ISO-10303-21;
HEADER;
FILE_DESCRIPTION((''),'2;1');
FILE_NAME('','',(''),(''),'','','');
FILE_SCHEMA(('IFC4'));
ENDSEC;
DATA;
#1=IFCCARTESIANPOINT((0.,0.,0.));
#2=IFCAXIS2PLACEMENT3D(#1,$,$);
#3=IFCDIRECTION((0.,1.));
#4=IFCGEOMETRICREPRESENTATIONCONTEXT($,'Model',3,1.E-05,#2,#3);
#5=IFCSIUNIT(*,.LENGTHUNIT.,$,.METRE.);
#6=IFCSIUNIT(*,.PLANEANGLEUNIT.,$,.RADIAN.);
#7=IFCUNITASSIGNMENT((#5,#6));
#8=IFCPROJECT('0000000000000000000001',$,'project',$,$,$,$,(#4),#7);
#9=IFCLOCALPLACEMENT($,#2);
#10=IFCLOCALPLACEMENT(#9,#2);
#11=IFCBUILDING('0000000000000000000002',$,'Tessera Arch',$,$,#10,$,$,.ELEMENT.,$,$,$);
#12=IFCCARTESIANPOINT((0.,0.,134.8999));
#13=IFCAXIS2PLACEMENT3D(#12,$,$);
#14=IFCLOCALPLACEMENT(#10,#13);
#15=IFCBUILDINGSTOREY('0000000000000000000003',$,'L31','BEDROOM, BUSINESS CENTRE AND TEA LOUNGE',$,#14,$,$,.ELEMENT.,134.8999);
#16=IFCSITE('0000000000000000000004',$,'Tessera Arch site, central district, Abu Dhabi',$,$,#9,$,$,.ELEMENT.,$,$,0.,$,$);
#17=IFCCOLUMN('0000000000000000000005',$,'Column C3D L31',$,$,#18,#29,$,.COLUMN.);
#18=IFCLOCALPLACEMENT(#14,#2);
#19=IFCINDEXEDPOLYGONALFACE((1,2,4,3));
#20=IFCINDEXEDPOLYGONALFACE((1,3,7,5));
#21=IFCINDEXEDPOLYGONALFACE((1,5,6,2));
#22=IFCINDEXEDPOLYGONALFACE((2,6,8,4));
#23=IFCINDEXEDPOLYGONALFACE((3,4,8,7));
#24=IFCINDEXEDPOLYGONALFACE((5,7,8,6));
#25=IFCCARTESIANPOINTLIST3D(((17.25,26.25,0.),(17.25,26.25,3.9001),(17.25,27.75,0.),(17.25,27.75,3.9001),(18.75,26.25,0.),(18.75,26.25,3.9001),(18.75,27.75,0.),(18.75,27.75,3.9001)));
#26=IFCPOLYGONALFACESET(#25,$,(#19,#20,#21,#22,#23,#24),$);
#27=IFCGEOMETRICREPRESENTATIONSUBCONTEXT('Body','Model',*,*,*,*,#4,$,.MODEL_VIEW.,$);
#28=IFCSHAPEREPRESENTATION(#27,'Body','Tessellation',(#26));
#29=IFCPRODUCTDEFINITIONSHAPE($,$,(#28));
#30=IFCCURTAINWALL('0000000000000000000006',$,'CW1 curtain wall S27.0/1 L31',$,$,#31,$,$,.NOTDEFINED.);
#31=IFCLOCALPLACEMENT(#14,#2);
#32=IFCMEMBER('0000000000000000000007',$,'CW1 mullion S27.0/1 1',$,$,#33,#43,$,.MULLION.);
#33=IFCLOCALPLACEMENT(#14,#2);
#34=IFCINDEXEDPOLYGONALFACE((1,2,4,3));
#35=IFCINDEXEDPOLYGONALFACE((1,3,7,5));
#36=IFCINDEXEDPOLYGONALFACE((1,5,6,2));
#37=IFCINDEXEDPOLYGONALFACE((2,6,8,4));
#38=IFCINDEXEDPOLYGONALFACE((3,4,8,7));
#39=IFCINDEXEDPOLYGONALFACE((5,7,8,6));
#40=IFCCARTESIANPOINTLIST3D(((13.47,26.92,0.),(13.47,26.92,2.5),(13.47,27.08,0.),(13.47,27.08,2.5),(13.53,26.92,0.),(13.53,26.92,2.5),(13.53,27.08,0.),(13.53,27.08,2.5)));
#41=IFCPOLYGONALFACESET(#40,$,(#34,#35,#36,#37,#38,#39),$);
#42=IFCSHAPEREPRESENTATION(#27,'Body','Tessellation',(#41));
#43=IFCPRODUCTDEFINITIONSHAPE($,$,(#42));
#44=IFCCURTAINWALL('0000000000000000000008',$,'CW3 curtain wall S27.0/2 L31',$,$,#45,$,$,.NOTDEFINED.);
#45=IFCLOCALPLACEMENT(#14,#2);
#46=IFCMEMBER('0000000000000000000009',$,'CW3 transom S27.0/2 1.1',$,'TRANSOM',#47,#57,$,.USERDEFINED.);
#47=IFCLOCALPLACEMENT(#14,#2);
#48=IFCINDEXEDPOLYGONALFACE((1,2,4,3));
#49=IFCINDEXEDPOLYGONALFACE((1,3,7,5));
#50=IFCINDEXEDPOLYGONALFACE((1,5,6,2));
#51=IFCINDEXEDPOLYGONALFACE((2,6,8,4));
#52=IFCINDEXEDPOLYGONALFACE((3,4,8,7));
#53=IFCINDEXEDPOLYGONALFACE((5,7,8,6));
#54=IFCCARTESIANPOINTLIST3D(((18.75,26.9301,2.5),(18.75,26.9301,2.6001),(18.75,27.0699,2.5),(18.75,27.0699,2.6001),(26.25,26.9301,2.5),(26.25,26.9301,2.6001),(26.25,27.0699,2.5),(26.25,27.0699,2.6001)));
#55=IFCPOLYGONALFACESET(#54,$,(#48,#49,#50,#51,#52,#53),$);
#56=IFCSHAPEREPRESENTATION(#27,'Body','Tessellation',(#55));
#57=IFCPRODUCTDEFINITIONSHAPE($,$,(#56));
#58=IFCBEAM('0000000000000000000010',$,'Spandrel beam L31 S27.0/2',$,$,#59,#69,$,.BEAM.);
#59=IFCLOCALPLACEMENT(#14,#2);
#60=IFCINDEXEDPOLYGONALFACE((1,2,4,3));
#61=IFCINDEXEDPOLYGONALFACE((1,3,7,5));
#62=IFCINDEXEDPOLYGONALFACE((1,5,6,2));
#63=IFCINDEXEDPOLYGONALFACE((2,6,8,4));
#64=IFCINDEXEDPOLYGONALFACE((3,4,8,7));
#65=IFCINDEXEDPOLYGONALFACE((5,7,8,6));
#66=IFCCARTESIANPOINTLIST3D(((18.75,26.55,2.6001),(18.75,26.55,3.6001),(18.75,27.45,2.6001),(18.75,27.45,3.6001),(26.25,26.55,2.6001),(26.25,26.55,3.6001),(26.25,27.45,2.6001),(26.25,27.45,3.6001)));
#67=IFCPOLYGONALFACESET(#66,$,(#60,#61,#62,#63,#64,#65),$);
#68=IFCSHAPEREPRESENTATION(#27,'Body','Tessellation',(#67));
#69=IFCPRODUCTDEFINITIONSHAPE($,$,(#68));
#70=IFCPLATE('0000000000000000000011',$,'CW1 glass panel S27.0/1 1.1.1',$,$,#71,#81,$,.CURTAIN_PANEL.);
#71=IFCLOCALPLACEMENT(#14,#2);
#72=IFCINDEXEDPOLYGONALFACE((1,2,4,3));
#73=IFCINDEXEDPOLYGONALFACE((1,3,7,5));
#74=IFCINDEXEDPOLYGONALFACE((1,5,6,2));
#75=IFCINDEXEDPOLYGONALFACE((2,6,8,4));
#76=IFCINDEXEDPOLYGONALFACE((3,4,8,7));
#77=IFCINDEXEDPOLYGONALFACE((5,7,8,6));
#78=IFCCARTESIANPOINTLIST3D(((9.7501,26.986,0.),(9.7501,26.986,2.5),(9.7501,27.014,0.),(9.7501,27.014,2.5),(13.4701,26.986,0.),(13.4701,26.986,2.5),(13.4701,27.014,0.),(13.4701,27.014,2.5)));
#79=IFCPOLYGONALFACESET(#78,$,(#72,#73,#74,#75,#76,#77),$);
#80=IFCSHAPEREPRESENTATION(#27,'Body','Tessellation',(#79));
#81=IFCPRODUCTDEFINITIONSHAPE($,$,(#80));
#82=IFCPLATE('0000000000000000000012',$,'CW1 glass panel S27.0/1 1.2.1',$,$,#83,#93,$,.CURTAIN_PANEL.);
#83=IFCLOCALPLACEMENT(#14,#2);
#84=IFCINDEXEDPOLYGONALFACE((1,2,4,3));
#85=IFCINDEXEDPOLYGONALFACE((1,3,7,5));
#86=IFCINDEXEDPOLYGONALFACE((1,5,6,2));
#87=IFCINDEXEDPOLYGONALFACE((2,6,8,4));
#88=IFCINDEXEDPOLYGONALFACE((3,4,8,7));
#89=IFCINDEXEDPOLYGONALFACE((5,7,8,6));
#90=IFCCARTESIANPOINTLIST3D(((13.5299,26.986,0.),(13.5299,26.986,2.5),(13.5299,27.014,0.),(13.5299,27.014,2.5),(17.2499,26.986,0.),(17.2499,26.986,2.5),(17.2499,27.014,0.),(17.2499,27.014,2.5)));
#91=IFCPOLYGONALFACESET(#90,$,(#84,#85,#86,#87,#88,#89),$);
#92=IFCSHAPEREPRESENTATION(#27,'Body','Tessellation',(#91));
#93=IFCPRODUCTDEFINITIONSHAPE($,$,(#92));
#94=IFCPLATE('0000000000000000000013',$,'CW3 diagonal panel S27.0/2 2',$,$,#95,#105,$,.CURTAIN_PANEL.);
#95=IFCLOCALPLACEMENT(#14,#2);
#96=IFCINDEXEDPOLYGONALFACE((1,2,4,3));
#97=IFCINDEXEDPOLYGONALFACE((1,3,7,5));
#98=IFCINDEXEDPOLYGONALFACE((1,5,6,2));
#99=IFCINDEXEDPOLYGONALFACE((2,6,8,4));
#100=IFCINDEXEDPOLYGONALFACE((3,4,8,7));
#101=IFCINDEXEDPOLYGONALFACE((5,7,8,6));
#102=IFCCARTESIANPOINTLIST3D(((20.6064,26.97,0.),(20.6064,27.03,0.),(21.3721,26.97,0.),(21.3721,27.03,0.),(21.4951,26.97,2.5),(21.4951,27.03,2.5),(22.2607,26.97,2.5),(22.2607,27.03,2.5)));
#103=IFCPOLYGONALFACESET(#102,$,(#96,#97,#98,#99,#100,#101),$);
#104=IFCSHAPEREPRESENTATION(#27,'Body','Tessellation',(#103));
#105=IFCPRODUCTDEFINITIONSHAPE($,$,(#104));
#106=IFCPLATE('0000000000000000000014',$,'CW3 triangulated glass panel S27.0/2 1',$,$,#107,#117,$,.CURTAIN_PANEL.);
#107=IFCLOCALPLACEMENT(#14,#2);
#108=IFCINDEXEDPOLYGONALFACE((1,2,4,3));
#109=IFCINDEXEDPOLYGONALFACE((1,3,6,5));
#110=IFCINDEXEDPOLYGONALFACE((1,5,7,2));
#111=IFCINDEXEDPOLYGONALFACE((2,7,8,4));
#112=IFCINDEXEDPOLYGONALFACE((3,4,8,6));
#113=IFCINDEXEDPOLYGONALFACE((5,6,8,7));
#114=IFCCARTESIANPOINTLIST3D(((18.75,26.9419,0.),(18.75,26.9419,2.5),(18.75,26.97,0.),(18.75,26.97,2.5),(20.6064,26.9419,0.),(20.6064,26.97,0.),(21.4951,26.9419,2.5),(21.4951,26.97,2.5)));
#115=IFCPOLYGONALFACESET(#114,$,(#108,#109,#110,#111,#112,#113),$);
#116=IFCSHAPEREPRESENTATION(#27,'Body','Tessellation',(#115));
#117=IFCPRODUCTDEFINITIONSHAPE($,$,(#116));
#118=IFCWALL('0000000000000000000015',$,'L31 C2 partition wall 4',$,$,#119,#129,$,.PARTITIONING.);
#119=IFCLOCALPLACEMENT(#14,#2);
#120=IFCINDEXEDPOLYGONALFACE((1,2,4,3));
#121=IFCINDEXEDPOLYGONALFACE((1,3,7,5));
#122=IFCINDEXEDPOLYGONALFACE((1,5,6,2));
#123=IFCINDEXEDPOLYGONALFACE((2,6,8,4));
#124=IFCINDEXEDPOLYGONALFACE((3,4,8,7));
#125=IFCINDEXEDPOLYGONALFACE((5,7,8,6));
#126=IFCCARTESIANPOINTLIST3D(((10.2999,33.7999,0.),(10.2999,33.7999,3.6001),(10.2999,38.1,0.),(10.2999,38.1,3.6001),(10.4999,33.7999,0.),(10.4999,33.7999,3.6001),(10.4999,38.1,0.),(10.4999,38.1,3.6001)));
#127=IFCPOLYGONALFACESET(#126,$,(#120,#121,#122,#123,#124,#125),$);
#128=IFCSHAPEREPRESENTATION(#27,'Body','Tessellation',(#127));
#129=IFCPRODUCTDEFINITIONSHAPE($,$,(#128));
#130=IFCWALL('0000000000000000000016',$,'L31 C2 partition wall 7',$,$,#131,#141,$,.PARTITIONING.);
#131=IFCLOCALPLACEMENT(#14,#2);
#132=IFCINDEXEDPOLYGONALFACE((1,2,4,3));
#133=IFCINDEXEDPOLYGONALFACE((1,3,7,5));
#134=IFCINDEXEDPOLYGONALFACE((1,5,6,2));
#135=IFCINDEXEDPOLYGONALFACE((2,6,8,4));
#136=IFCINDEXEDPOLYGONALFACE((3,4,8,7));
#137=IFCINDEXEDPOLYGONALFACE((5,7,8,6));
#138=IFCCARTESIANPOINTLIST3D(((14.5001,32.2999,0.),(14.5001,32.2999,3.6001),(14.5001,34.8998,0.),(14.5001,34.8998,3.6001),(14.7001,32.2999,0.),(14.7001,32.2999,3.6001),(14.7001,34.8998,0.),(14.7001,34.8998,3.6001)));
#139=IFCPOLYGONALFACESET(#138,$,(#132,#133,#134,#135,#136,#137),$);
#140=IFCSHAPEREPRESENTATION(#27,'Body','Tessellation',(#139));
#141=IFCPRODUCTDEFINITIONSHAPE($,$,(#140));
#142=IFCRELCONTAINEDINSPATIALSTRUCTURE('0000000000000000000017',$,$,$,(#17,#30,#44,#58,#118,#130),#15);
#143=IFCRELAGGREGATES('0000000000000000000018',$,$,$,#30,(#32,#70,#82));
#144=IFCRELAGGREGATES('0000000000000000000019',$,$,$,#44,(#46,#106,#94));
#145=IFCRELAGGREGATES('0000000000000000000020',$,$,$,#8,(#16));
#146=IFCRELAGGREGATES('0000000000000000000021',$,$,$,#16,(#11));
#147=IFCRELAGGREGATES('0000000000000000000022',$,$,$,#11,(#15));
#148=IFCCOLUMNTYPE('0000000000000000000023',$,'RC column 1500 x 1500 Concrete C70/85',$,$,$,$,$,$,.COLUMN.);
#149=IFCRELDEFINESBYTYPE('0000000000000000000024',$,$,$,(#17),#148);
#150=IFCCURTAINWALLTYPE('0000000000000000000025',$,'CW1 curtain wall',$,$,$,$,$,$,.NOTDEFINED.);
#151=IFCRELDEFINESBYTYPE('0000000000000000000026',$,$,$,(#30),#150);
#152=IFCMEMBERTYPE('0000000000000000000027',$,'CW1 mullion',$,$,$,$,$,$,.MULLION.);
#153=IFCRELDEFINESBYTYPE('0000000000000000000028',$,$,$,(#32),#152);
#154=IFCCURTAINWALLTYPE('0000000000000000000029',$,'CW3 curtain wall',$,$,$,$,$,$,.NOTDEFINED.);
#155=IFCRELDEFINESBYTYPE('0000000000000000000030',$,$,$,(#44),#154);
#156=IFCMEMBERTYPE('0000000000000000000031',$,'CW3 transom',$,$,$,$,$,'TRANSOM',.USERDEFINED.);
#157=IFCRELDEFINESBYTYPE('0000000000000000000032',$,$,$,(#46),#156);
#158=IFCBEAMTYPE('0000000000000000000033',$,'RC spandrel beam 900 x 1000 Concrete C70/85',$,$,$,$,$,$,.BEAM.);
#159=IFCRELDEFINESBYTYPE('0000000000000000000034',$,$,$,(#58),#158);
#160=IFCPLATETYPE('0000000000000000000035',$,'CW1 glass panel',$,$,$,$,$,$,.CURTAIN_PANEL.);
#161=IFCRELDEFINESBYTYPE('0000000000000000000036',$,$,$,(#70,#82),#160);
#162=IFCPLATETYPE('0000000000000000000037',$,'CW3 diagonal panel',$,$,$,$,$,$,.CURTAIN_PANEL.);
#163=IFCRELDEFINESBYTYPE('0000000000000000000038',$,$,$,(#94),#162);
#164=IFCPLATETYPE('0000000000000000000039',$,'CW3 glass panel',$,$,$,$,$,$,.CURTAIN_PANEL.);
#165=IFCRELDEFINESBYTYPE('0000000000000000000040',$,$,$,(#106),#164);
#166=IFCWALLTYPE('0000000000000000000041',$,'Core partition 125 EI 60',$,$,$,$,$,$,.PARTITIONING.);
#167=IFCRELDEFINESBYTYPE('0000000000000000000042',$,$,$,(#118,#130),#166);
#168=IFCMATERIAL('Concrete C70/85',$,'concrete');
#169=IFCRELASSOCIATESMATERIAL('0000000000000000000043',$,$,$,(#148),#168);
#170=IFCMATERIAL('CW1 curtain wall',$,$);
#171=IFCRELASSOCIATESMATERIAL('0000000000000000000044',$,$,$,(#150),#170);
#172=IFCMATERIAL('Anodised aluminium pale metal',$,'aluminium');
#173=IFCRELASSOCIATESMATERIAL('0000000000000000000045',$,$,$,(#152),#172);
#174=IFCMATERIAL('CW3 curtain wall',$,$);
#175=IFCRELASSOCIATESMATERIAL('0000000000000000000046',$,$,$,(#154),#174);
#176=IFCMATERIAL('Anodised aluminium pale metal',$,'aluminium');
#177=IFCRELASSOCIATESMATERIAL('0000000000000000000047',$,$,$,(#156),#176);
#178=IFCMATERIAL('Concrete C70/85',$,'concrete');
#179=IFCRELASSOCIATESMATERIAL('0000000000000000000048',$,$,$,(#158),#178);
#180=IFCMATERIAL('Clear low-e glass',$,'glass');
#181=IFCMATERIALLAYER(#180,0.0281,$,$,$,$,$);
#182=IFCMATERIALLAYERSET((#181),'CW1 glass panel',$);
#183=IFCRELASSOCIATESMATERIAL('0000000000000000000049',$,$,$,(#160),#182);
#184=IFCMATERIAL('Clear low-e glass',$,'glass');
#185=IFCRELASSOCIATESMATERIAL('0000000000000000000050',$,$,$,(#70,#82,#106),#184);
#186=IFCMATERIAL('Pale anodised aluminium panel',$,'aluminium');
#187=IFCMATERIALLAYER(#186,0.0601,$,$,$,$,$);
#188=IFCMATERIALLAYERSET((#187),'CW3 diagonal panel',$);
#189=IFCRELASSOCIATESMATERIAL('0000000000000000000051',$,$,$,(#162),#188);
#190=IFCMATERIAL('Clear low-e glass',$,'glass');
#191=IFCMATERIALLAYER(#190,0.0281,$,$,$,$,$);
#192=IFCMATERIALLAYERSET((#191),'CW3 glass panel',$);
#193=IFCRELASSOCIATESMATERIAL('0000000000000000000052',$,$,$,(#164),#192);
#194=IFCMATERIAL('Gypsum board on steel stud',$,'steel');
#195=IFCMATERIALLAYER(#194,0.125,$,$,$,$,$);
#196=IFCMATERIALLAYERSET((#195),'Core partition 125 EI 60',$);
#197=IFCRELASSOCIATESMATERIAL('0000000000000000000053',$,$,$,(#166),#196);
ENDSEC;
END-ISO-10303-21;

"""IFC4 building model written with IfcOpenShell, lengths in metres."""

from ifc_helpers import new_model, si_unit, direction, frame, frame_2d, origin, origin_2d, place, context, subcontext, project, spatial, polyline, rectangle, outline, extrude, material, layer, layer_set, material_profile, profile_set, type_object, element, aggregate, save


model = new_model("IFC4")

# Units and contexts
model_context = context("Model", 3, precision=1e-05, world=origin(), true_north=direction((0.0, 1.0)))
body_context = subcontext(model_context, "Body", "Model", "MODEL_VIEW")
ifc_project = project(units=[si_unit("LENGTHUNIT", "METRE"), si_unit("PLANEANGLEUNIT", "RADIAN")], contexts=[model_context])

# Site, building, storey
site_placement = place(None, origin())
site = spatial("IfcSite", under=ifc_project, at=site_placement, Name="Tessera Arch site, central district, Abu Dhabi", CompositionType="ELEMENT", RefElevation=0.0)
building_placement = place(site_placement, origin())
building = spatial("IfcBuilding", under=site, at=building_placement, Name="Tessera Arch", CompositionType="ELEMENT")
storey_placement = place(building_placement, frame((0.0, 0.0, 134.8999)))
storey = spatial("IfcBuildingStorey", under=building, at=storey_placement, Name="L31", Description="BEDROOM, BUSINESS CENTRE AND TEA LOUNGE", CompositionType="ELEMENT", Elevation=134.8999)

# Column
ifc_material_1 = material(Name="Concrete C70/85", Category="concrete")
ifc_material_profile_1 = material_profile(ifc_material_1, rectangle(XDim=1.5, YDim=1.5, at=origin_2d()), Name="RC column 1500 x 1500 Concrete C70/85")
ifc_profile_set_1 = profile_set([ifc_material_profile_1], Name="Concrete C70/85")
column_type = type_object("IfcColumnType", Name="RC column 1500 x 1500 Concrete C70/85", PredefinedType="COLUMN", material=ifc_profile_set_1)
column_placement = place(storey_placement, frame((18.0, 27.0, 0.0), z_axis=(0.0, 0.0, 1.0), x_axis=(1.0, 0.0, 0.0)))
element("IfcColumn", 1, at=column_placement, inside=storey, type_object=column_type, Name="Column C3D L31", PredefinedType="COLUMN", context=body_context, shape_type="SweptSolid", body=[
    extrude(rectangle(XDim=1.5, YDim=1.5, at=origin_2d()), origin(), (0.0, 0.0, 1.0), 3.9001),
])

# Curtain walls, members
ifc_material_2 = material(Name="CW1 curtain wall")
curtain_wall_type_1 = type_object("IfcCurtainWallType", Name="CW1 curtain wall", PredefinedType="NOTDEFINED", material=ifc_material_2)
curtain_wall_1_placement = place(storey_placement, origin())
curtain_wall_1 = element("IfcCurtainWall", 2, at=curtain_wall_1_placement, inside=storey, type_object=curtain_wall_type_1, Name="CW1 curtain wall S27.0/1 L31", PredefinedType="NOTDEFINED")
ifc_material_3 = material(Name="Anodised aluminium pale metal", Category="aluminium")
ifc_material_profile_2 = material_profile(ifc_material_3, rectangle(XDim=0.1599, YDim=0.0601, at=origin_2d()), Name="AL 60x160")
ifc_profile_set_2 = profile_set([ifc_material_profile_2], Name="Anodised aluminium pale metal")
member_type_1 = type_object("IfcMemberType", Name="CW1 mullion", PredefinedType="MULLION", material=ifc_profile_set_2)
member_1_placement = place(storey_placement, frame((13.5, 27.0, 0.0), z_axis=(0.0, 0.0, 1.0), x_axis=(0.0, 1.0, 0.0)))
member_1 = element("IfcMember", 3, at=member_1_placement, type_object=member_type_1, Name="CW1 mullion S27.0/1 1", PredefinedType="MULLION", context=body_context, shape_type="SweptSolid", body=[
    extrude(rectangle(XDim=0.1599, YDim=0.0601, at=origin_2d()), origin(), (0.0, 0.0, 1.0), 2.5),
])
ifc_material_4 = material(Name="CW3 curtain wall")
curtain_wall_type_2 = type_object("IfcCurtainWallType", Name="CW3 curtain wall", PredefinedType="NOTDEFINED", material=ifc_material_4)
curtain_wall_2_placement = place(storey_placement, origin())
curtain_wall_2 = element("IfcCurtainWall", 4, at=curtain_wall_2_placement, inside=storey, type_object=curtain_wall_type_2, Name="CW3 curtain wall S27.0/2 L31", PredefinedType="NOTDEFINED")
ifc_material_5 = material(Name="Anodised aluminium pale metal", Category="aluminium")
ifc_material_profile_3 = material_profile(ifc_material_5, rectangle(XDim=0.1399, YDim=0.1001, at=origin_2d()), Name="AL 140x100")
ifc_profile_set_3 = profile_set([ifc_material_profile_3], Name="Anodised aluminium pale metal")
member_type_2 = type_object("IfcMemberType", Name="CW3 transom", ElementType="TRANSOM", PredefinedType="USERDEFINED", material=ifc_profile_set_3)
member_2_placement = place(storey_placement, frame((18.75, 27.0, 2.55), z_axis=(1.0, 0.0, 0.0), x_axis=(0.0, 1.0, 0.0)))
member_2 = element("IfcMember", 5, at=member_2_placement, type_object=member_type_2, Name="CW3 transom S27.0/2 1.1", ObjectType="TRANSOM", PredefinedType="USERDEFINED", context=body_context, shape_type="SweptSolid", body=[
    extrude(rectangle(XDim=0.1399, YDim=0.1001, at=origin_2d()), origin(), (0.0, 0.0, 1.0), 7.5),
])

# Beam
ifc_material_6 = material(Name="Concrete C70/85", Category="concrete")
ifc_material_profile_4 = material_profile(ifc_material_6, rectangle(XDim=0.8999, YDim=1.0, at=origin_2d()), Name="RC spandrel beam 900 x 1000 Concrete C70/85")
ifc_profile_set_4 = profile_set([ifc_material_profile_4], Name="Concrete C70/85")
beam_type = type_object("IfcBeamType", Name="RC spandrel beam 900 x 1000 Concrete C70/85", PredefinedType="BEAM", material=ifc_profile_set_4)
beam_placement = place(storey_placement, frame((18.75, 27.0, 3.1001), z_axis=(1.0, 0.0, 0.0), x_axis=(0.0, 1.0, 0.0)))
element("IfcBeam", 6, at=beam_placement, inside=storey, type_object=beam_type, Name="Spandrel beam L31 S27.0/2", PredefinedType="BEAM", context=body_context, shape_type="SweptSolid", body=[
    extrude(rectangle(XDim=0.8999, YDim=1.0, at=origin_2d()), origin(), (0.0, 0.0, 1.0), 7.5),
])

# Plates
ifc_material_7 = material(Name="Clear low-e glass", Category="glass")
ifc_material_8 = material(Name="Clear low-e glass", Category="glass")
ifc_layer_1 = layer(ifc_material_8, 0.0281)
ifc_layer_set_1 = layer_set([ifc_layer_1], Name="CW1 glass panel")
plate_type_1 = type_object("IfcPlateType", Name="CW1 glass panel", PredefinedType="CURTAIN_PANEL", material=ifc_layer_set_1)
plate_1_placement = place(storey_placement, frame((11.6101, 27.0, 0.0), z_axis=(0.0, 0.0, 1.0), x_axis=(1.0, 0.0, 0.0)))
plate_1 = element("IfcPlate", 7, at=plate_1_placement, type_object=plate_type_1, material=ifc_material_7, Name="CW1 glass panel S27.0/1 1.1.1", PredefinedType="CURTAIN_PANEL", context=body_context, shape_type="SweptSolid", body=[
    extrude(rectangle(XDim=3.72, YDim=0.0281, at=origin_2d()), origin(), (0.0, 0.0, 1.0), 2.5),
])
plate_2_placement = place(storey_placement, frame((15.3899, 27.0, 0.0), z_axis=(0.0, 0.0, 1.0), x_axis=(1.0, 0.0, 0.0)))
plate_2 = element("IfcPlate", 8, at=plate_2_placement, type_object=plate_type_1, material=ifc_material_7, Name="CW1 glass panel S27.0/1 1.2.1", PredefinedType="CURTAIN_PANEL", context=body_context, shape_type="SweptSolid", body=[
    extrude(rectangle(XDim=3.72, YDim=0.0281, at=origin_2d()), origin(), (0.0, 0.0, 1.0), 2.5),
])
aggregate(curtain_wall_1, [member_1, plate_1, plate_2])
ifc_material_9 = material(Name="Pale anodised aluminium panel", Category="aluminium")
ifc_layer_2 = layer(ifc_material_9, 0.0601)
ifc_layer_set_2 = layer_set([ifc_layer_2], Name="CW3 diagonal panel")
plate_type_2 = type_object("IfcPlateType", Name="CW3 diagonal panel", PredefinedType="CURTAIN_PANEL", material=ifc_layer_set_2)
plate_3_placement = place(storey_placement, frame((22.2607, 26.97, 2.5), z_axis=(0.0, -1.0, 0.0), x_axis=(-1.0, 0.0, 0.0)))
plate_3 = element("IfcPlate", 9, at=plate_3_placement, type_object=plate_type_2, Name="CW3 diagonal panel S27.0/2 2", PredefinedType="CURTAIN_PANEL", context=body_context, shape_type="SweptSolid", body=[
    extrude(outline(polyline([(0.0, 0.0), (0.7656, 0.0), (1.6543, 2.5), (0.8887, 2.5), (0.0, 0.0)])), origin(), (0.0, 0.0, -1.0), 0.0601),
])
ifc_material_10 = material(Name="Clear low-e glass", Category="glass")
ifc_layer_3 = layer(ifc_material_10, 0.0281)
ifc_layer_set_3 = layer_set([ifc_layer_3], Name="CW3 glass panel")
plate_type_3 = type_object("IfcPlateType", Name="CW3 glass panel", PredefinedType="CURTAIN_PANEL", material=ifc_layer_set_3)
plate_4_placement = place(storey_placement, frame((18.75, 26.9419, 0.0), z_axis=(0.0, -1.0, 0.0), x_axis=(1.0, 0.0, 0.0)))
plate_4 = element("IfcPlate", 10, at=plate_4_placement, type_object=plate_type_3, material=ifc_material_7, Name="CW3 triangulated glass panel S27.0/2 1", PredefinedType="CURTAIN_PANEL", context=body_context, shape_type="SweptSolid", body=[
    extrude(outline(polyline([(0.0, 0.0), (1.8564, 0.0), (2.7451, 2.5), (0.0, 2.5), (0.0, 0.0)])), origin(), (0.0, 0.0, -1.0), 0.0281),
])
aggregate(curtain_wall_2, [member_2, plate_4, plate_3])

# Walls
ifc_material_11 = material(Name="Gypsum board on steel stud", Category="steel")
ifc_layer_4 = layer(ifc_material_11, 0.125)
ifc_layer_set_4 = layer_set([ifc_layer_4], Name="Core partition 125 EI 60")
wall_type_1 = type_object("IfcWallType", Name="Core partition 125 EI 60", PredefinedType="PARTITIONING", material=ifc_layer_set_4)
wall_1_placement = place(storey_placement, frame((10.3999, 33.8, 0.0), z_axis=(0.0, 0.0, 1.0), x_axis=(0.0, 1.0, 0.0)))
element("IfcWall", 11, at=wall_1_placement, inside=storey, type_object=wall_type_1, Name="L31 C2 partition wall 4", PredefinedType="PARTITIONING", context=body_context, shape_type="SweptSolid", body=[
    extrude(rectangle(XDim=4.3, YDim=0.2, at=frame_2d((2.1499, 0.0))), origin(), (0.0, 0.0, 1.0), 3.6001),
])
wall_2_placement = place(storey_placement, frame((14.6001, 32.3, 0.0), z_axis=(0.0, 0.0, 1.0), x_axis=(0.0, 1.0, 0.0)))
element("IfcWall", 12, at=wall_2_placement, inside=storey, type_object=wall_type_1, Name="L31 C2 partition wall 7", PredefinedType="PARTITIONING", context=body_context, shape_type="SweptSolid", body=[
    extrude(rectangle(XDim=2.5999, YDim=0.2, at=frame_2d((1.2998, 0.0))), origin(), (0.0, 0.0, 1.0), 3.6001),
])

save(model, "model.ifc")
